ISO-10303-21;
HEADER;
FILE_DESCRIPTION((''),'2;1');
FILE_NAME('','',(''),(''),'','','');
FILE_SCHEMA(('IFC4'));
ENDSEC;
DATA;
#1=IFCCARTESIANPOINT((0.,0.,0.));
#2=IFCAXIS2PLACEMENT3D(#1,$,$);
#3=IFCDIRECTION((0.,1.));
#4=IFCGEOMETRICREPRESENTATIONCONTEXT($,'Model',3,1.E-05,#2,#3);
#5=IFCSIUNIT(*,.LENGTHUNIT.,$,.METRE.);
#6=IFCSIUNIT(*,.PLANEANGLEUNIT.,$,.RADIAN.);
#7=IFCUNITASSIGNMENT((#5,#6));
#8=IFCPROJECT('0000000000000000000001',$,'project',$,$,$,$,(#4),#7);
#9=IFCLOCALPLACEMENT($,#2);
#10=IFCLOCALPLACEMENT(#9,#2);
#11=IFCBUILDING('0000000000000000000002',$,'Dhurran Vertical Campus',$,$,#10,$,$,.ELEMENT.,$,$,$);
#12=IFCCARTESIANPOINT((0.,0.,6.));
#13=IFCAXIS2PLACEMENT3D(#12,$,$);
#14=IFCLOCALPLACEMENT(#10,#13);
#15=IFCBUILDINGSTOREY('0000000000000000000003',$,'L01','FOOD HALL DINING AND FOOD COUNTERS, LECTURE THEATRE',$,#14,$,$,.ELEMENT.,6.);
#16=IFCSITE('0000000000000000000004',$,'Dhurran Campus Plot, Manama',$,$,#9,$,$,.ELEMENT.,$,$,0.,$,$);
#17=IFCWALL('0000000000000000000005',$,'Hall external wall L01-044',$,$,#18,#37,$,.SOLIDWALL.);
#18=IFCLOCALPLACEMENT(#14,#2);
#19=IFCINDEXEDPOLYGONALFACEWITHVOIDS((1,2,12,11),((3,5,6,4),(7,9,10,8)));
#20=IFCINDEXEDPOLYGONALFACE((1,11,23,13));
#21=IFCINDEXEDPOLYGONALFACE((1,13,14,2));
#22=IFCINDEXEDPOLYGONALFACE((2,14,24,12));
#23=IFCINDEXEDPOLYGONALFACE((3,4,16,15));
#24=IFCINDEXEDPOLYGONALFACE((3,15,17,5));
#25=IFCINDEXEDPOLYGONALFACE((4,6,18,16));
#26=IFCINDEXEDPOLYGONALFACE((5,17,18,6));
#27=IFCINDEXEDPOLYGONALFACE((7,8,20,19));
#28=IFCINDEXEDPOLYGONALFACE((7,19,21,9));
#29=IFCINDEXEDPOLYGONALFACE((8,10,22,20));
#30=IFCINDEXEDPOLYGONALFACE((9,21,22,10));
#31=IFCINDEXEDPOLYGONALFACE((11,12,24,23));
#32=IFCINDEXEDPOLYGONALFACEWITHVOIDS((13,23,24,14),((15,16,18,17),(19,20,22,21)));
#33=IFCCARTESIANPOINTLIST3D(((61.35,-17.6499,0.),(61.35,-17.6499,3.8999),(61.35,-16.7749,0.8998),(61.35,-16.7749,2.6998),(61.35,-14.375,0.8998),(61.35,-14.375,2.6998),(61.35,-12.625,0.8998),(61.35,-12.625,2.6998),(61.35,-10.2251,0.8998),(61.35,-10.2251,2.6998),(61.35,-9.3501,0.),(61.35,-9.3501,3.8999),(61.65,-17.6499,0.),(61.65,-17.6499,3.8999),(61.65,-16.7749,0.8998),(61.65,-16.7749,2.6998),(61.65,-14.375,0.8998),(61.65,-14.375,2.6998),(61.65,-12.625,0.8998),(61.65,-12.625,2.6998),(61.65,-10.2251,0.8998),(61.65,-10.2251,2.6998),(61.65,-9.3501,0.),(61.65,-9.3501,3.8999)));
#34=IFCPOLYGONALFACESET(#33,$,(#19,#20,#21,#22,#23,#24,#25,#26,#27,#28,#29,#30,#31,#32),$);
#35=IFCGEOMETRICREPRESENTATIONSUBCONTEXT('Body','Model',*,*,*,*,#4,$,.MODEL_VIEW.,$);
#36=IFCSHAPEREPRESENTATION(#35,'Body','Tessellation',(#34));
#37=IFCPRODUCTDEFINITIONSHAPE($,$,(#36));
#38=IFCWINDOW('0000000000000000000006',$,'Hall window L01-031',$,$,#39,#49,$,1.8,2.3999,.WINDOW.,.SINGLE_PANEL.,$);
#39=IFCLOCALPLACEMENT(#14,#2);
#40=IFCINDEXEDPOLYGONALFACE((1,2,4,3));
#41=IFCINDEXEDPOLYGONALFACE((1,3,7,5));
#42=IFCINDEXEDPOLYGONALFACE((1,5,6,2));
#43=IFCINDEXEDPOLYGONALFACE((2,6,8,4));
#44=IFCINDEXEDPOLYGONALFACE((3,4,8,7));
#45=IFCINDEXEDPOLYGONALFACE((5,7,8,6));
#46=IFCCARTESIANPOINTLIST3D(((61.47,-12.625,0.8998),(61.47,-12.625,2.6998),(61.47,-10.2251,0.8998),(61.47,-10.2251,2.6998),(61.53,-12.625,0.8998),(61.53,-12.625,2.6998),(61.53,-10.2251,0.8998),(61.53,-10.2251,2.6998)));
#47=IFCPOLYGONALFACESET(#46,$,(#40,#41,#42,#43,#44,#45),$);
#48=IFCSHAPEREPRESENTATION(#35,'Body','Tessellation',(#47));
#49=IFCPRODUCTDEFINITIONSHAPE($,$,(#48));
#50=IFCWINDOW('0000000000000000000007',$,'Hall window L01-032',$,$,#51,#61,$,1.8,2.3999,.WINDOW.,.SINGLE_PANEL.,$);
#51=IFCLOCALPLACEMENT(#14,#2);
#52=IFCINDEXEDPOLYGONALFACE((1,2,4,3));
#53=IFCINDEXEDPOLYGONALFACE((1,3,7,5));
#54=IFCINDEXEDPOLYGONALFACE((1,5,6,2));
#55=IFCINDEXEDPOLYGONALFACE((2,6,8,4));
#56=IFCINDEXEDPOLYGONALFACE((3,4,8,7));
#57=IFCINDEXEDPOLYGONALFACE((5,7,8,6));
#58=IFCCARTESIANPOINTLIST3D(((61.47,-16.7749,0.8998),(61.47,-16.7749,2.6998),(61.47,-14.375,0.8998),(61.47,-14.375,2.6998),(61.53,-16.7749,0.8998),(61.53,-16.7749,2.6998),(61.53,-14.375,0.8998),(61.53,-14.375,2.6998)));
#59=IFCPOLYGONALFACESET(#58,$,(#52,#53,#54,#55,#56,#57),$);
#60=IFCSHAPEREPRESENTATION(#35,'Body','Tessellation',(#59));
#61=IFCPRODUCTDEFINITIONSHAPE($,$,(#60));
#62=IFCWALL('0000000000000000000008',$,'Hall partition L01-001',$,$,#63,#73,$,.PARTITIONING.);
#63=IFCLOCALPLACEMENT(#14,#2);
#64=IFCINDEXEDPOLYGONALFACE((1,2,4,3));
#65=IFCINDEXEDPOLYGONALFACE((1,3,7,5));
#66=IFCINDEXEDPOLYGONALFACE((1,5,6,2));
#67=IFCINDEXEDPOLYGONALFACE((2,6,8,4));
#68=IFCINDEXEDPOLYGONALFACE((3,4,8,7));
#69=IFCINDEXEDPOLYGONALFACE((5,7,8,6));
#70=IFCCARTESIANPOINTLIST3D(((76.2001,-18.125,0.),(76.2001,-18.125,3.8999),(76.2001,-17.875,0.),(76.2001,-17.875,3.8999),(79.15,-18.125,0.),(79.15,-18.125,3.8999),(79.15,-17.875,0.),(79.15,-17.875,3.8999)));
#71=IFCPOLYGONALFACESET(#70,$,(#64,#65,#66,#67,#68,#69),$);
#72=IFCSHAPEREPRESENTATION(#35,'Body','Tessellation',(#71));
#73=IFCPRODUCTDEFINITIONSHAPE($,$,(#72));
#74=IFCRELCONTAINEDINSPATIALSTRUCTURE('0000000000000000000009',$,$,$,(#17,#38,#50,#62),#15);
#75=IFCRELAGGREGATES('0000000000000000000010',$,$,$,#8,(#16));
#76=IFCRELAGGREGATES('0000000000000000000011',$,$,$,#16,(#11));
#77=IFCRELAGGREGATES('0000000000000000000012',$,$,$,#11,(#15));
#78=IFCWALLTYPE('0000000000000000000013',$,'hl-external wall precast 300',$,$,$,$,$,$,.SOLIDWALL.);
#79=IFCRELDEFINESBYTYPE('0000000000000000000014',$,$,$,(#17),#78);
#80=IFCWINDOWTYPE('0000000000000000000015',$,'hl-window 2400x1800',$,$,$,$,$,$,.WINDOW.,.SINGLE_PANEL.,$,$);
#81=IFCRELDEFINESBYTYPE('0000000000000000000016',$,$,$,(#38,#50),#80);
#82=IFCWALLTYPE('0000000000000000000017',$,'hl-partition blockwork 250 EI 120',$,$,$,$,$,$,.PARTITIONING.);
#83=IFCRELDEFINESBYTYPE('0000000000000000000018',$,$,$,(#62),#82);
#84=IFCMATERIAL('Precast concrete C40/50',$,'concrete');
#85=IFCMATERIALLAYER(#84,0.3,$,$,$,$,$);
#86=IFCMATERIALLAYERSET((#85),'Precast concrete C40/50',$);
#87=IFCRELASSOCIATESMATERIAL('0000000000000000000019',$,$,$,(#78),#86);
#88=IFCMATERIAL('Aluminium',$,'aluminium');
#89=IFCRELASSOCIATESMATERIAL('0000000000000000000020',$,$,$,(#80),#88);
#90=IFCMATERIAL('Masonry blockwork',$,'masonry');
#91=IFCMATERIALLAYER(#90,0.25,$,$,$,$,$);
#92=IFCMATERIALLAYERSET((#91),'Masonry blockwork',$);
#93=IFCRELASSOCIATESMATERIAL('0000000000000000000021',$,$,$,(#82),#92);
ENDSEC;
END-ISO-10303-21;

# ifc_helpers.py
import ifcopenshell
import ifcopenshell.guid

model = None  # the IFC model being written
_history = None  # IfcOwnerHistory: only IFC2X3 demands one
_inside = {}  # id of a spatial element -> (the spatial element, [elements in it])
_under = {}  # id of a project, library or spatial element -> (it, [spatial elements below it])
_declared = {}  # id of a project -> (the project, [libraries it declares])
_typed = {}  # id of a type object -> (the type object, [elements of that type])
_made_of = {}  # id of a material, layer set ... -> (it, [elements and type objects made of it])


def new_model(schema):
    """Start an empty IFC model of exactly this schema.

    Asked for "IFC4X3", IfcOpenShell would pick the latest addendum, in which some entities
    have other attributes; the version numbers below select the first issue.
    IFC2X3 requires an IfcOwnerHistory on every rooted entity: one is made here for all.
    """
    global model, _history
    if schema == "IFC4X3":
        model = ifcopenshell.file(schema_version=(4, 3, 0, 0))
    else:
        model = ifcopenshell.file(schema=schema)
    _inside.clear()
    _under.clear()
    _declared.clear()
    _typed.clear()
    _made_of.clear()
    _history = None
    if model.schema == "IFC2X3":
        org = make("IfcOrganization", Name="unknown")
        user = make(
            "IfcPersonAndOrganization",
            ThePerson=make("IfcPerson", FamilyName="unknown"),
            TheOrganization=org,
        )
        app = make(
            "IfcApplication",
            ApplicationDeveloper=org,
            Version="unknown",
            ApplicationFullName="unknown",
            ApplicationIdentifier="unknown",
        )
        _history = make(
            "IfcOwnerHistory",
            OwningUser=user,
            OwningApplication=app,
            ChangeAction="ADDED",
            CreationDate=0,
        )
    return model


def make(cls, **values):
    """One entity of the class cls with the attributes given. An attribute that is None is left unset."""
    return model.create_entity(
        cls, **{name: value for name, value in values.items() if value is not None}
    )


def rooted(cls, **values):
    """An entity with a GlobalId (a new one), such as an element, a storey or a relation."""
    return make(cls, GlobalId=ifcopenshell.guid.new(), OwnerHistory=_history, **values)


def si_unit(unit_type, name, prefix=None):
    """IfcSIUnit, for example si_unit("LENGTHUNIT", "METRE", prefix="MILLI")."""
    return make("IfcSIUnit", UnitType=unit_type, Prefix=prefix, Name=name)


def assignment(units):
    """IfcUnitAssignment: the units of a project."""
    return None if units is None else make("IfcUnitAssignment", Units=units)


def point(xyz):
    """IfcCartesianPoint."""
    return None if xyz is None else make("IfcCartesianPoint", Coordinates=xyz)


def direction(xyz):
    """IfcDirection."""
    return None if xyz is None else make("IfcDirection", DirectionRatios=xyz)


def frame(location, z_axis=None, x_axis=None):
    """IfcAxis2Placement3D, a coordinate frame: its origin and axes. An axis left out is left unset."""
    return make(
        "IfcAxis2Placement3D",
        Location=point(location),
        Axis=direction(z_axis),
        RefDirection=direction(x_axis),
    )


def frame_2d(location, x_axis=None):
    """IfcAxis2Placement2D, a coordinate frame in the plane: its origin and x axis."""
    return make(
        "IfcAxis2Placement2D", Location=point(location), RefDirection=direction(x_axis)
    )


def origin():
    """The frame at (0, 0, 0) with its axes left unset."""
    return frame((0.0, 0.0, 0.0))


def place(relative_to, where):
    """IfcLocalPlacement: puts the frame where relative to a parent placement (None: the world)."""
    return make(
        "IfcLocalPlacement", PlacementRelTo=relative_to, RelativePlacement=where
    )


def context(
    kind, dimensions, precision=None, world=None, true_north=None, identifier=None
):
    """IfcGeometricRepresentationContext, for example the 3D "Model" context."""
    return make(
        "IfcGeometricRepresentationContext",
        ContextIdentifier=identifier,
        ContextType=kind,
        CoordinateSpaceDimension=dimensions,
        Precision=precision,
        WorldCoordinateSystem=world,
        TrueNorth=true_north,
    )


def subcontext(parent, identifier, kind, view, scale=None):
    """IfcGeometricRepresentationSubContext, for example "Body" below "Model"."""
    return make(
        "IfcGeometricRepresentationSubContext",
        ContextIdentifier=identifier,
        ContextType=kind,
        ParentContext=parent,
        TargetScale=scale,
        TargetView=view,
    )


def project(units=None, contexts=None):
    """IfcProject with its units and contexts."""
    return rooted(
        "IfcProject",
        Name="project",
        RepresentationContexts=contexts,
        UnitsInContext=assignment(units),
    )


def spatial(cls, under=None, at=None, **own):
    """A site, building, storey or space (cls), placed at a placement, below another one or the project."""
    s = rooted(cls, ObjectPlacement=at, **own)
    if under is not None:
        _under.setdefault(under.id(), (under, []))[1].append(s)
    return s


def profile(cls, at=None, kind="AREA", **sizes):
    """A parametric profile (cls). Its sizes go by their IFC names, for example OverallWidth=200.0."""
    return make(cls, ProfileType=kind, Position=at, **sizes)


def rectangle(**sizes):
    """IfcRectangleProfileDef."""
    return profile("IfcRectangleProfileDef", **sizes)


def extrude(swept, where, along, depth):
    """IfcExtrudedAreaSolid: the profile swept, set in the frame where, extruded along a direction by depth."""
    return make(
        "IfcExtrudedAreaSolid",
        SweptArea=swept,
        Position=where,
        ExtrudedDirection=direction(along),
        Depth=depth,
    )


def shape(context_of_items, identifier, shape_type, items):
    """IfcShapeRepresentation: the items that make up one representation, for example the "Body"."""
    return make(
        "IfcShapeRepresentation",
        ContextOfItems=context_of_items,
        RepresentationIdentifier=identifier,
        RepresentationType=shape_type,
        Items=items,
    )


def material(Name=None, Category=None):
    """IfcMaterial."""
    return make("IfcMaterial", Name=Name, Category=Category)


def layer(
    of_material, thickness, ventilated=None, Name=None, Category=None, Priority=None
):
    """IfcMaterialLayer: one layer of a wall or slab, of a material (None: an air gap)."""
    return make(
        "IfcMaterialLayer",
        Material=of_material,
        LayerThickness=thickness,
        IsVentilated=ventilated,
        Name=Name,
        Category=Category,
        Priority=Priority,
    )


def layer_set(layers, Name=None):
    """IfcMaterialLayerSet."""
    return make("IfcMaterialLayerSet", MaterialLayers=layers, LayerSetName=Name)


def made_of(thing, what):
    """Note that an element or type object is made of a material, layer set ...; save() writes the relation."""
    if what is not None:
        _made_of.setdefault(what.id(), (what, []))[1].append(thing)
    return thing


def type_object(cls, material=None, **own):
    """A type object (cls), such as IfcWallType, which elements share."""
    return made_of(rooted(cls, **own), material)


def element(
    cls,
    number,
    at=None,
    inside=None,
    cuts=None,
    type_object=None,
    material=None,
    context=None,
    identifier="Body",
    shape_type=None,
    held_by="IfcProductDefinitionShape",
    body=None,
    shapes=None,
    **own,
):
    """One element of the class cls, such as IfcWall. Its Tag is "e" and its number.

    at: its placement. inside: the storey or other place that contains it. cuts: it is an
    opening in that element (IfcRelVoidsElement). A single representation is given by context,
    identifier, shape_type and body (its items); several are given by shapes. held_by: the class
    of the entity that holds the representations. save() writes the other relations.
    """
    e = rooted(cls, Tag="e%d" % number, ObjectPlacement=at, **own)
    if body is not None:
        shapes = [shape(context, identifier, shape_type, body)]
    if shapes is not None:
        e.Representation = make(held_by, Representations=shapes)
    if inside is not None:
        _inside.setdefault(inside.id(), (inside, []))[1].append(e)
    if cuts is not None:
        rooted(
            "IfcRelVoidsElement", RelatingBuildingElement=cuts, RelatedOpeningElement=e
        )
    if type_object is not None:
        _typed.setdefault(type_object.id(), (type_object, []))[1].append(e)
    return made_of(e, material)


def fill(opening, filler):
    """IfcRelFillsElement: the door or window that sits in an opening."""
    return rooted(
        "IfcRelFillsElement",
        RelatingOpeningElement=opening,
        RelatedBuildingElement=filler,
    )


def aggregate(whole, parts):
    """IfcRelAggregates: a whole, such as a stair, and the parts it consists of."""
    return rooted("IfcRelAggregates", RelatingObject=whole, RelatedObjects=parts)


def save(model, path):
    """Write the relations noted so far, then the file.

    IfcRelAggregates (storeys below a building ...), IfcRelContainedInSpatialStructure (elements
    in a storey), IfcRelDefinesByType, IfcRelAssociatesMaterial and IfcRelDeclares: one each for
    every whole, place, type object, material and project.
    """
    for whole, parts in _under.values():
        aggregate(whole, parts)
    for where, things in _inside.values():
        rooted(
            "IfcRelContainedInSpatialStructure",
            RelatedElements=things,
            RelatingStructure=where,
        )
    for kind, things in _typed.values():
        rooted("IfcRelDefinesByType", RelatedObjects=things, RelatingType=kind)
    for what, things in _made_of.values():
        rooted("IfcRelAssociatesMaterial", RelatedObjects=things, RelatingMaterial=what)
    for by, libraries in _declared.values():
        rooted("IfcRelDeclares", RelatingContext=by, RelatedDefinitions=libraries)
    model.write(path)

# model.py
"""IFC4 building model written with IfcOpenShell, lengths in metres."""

from ifc_helpers import new_model, si_unit, direction, frame, frame_2d, origin, place, context, subcontext, project, spatial, rectangle, extrude, material, layer, layer_set, type_object, element, fill, save


model = new_model("IFC4")

# Units and contexts
model_context = context("Model", 3, precision=1e-05, world=origin(), true_north=direction((0.0, 1.0)))
body_context = subcontext(model_context, "Body", "Model", "MODEL_VIEW")
ifc_project = project(units=[si_unit("LENGTHUNIT", "METRE"), si_unit("PLANEANGLEUNIT", "RADIAN")], contexts=[model_context])

# Site, building, storey
site_placement = place(None, origin())
site = spatial("IfcSite", under=ifc_project, at=site_placement, Name="Dhurran Campus Plot, Manama", CompositionType="ELEMENT", RefElevation=0.0)
building_placement = place(site_placement, origin())
building = spatial("IfcBuilding", under=site, at=building_placement, Name="Dhurran Vertical Campus", CompositionType="ELEMENT")
storey_placement = place(building_placement, frame((0.0, 0.0, 6.0)))
storey = spatial("IfcBuildingStorey", under=building, at=storey_placement, Name="L01", Description="FOOD HALL DINING AND FOOD COUNTERS, LECTURE THEATRE", CompositionType="ELEMENT", Elevation=6.0)

# Wall, openings, windows
ifc_material_1 = material(Name="Precast concrete C40/50", Category="concrete")
ifc_layer_1 = layer(ifc_material_1, 0.3)
ifc_layer_set_1 = layer_set([ifc_layer_1], Name="Precast concrete C40/50")
wall_type_1 = type_object("IfcWallType", Name="hl-external wall precast 300", PredefinedType="SOLIDWALL", material=ifc_layer_set_1)
wall_1_placement = place(storey_placement, frame((61.5, -9.3501, 0.0), z_axis=(0.0, 0.0, 1.0), x_axis=(0.0, -1.0, 0.0)))
wall_1 = element("IfcWall", 1, at=wall_1_placement, inside=storey, type_object=wall_type_1, Name="Hall external wall L01-044", PredefinedType="SOLIDWALL", context=body_context, shape_type="SweptSolid", body=[
    extrude(rectangle(XDim=8.2998, YDim=0.3, at=frame_2d((4.1499, 0.0))), origin(), (0.0, 0.0, 1.0), 3.8999),
])
opening_1_placement = place(wall_1_placement, frame((0.875, 0.0, 0.8999)))
opening_1 = element("IfcOpeningElement", 2, at=opening_1_placement, cuts=wall_1, PredefinedType="OPENING", context=body_context, shape_type="SweptSolid", body=[
    extrude(rectangle(XDim=2.3999, YDim=1.8, at=frame_2d((1.2, 0.8999))), frame((0.0, 0.1599, 0.0), z_axis=(0.0, -1.0, 0.0), x_axis=(1.0, 0.0, 0.0)), (0.0, 0.0, 1.0), 0.3201),
])
opening_2_placement = place(wall_1_placement, frame((5.0249, 0.0, 0.8999)))
opening_2 = element("IfcOpeningElement", 3, at=opening_2_placement, cuts=wall_1, PredefinedType="OPENING", context=body_context, shape_type="SweptSolid", body=[
    extrude(rectangle(XDim=2.3999, YDim=1.8, at=frame_2d((1.2, 0.8999))), frame((0.0, 0.1599, 0.0), z_axis=(0.0, -1.0, 0.0), x_axis=(1.0, 0.0, 0.0)), (0.0, 0.0, 1.0), 0.3201),
])
ifc_material_2 = material(Name="Aluminium", Category="aluminium")
window_type_1 = type_object("IfcWindowType", Name="hl-window 2400x1800", PartitioningType="SINGLE_PANEL", PredefinedType="WINDOW", material=ifc_material_2)
window_1_placement = place(opening_1_placement, origin())
window_1 = element("IfcWindow", 4, at=window_1_placement, inside=storey, type_object=window_type_1, Name="Hall window L01-031", OverallHeight=1.8, OverallWidth=2.3999, PartitioningType="SINGLE_PANEL", PredefinedType="WINDOW", context=body_context, shape_type="SweptSolid", body=[
    extrude(rectangle(XDim=2.3999, YDim=1.8, at=frame_2d((1.2, 0.8999))), frame((0.0, 0.03, 0.0), z_axis=(0.0, -1.0, 0.0), x_axis=(1.0, 0.0, 0.0)), (0.0, 0.0, 1.0), 0.0601),
])
fill(opening_1, window_1)
window_2_placement = place(opening_2_placement, origin())
window_2 = element("IfcWindow", 5, at=window_2_placement, inside=storey, type_object=window_type_1, Name="Hall window L01-032", OverallHeight=1.8, OverallWidth=2.3999, PartitioningType="SINGLE_PANEL", PredefinedType="WINDOW", context=body_context, shape_type="SweptSolid", body=[
    extrude(rectangle(XDim=2.3999, YDim=1.8, at=frame_2d((1.2, 0.8999))), frame((0.0, 0.03, 0.0), z_axis=(0.0, -1.0, 0.0), x_axis=(1.0, 0.0, 0.0)), (0.0, 0.0, 1.0), 0.0601),
])
fill(opening_2, window_2)

# Wall
ifc_material_3 = material(Name="Masonry blockwork", Category="masonry")
ifc_layer_2 = layer(ifc_material_3, 0.25)
ifc_layer_set_2 = layer_set([ifc_layer_2], Name="Masonry blockwork")
wall_type_2 = type_object("IfcWallType", Name="hl-partition blockwork 250 EI 120", PredefinedType="PARTITIONING", material=ifc_layer_set_2)
wall_2_placement = place(storey_placement, frame((76.2, -18.0, 0.0), z_axis=(0.0, 0.0, 1.0), x_axis=(1.0, 0.0, 0.0)))
element("IfcWall", 6, at=wall_2_placement, inside=storey, type_object=wall_type_2, Name="Hall partition L01-001", PredefinedType="PARTITIONING", context=body_context, shape_type="SweptSolid", body=[
    extrude(rectangle(XDim=2.95, YDim=0.25, at=frame_2d((1.4751, 0.0))), origin(), (0.0, 0.0, 1.0), 3.8999),
])

save(model, "model.ifc")
